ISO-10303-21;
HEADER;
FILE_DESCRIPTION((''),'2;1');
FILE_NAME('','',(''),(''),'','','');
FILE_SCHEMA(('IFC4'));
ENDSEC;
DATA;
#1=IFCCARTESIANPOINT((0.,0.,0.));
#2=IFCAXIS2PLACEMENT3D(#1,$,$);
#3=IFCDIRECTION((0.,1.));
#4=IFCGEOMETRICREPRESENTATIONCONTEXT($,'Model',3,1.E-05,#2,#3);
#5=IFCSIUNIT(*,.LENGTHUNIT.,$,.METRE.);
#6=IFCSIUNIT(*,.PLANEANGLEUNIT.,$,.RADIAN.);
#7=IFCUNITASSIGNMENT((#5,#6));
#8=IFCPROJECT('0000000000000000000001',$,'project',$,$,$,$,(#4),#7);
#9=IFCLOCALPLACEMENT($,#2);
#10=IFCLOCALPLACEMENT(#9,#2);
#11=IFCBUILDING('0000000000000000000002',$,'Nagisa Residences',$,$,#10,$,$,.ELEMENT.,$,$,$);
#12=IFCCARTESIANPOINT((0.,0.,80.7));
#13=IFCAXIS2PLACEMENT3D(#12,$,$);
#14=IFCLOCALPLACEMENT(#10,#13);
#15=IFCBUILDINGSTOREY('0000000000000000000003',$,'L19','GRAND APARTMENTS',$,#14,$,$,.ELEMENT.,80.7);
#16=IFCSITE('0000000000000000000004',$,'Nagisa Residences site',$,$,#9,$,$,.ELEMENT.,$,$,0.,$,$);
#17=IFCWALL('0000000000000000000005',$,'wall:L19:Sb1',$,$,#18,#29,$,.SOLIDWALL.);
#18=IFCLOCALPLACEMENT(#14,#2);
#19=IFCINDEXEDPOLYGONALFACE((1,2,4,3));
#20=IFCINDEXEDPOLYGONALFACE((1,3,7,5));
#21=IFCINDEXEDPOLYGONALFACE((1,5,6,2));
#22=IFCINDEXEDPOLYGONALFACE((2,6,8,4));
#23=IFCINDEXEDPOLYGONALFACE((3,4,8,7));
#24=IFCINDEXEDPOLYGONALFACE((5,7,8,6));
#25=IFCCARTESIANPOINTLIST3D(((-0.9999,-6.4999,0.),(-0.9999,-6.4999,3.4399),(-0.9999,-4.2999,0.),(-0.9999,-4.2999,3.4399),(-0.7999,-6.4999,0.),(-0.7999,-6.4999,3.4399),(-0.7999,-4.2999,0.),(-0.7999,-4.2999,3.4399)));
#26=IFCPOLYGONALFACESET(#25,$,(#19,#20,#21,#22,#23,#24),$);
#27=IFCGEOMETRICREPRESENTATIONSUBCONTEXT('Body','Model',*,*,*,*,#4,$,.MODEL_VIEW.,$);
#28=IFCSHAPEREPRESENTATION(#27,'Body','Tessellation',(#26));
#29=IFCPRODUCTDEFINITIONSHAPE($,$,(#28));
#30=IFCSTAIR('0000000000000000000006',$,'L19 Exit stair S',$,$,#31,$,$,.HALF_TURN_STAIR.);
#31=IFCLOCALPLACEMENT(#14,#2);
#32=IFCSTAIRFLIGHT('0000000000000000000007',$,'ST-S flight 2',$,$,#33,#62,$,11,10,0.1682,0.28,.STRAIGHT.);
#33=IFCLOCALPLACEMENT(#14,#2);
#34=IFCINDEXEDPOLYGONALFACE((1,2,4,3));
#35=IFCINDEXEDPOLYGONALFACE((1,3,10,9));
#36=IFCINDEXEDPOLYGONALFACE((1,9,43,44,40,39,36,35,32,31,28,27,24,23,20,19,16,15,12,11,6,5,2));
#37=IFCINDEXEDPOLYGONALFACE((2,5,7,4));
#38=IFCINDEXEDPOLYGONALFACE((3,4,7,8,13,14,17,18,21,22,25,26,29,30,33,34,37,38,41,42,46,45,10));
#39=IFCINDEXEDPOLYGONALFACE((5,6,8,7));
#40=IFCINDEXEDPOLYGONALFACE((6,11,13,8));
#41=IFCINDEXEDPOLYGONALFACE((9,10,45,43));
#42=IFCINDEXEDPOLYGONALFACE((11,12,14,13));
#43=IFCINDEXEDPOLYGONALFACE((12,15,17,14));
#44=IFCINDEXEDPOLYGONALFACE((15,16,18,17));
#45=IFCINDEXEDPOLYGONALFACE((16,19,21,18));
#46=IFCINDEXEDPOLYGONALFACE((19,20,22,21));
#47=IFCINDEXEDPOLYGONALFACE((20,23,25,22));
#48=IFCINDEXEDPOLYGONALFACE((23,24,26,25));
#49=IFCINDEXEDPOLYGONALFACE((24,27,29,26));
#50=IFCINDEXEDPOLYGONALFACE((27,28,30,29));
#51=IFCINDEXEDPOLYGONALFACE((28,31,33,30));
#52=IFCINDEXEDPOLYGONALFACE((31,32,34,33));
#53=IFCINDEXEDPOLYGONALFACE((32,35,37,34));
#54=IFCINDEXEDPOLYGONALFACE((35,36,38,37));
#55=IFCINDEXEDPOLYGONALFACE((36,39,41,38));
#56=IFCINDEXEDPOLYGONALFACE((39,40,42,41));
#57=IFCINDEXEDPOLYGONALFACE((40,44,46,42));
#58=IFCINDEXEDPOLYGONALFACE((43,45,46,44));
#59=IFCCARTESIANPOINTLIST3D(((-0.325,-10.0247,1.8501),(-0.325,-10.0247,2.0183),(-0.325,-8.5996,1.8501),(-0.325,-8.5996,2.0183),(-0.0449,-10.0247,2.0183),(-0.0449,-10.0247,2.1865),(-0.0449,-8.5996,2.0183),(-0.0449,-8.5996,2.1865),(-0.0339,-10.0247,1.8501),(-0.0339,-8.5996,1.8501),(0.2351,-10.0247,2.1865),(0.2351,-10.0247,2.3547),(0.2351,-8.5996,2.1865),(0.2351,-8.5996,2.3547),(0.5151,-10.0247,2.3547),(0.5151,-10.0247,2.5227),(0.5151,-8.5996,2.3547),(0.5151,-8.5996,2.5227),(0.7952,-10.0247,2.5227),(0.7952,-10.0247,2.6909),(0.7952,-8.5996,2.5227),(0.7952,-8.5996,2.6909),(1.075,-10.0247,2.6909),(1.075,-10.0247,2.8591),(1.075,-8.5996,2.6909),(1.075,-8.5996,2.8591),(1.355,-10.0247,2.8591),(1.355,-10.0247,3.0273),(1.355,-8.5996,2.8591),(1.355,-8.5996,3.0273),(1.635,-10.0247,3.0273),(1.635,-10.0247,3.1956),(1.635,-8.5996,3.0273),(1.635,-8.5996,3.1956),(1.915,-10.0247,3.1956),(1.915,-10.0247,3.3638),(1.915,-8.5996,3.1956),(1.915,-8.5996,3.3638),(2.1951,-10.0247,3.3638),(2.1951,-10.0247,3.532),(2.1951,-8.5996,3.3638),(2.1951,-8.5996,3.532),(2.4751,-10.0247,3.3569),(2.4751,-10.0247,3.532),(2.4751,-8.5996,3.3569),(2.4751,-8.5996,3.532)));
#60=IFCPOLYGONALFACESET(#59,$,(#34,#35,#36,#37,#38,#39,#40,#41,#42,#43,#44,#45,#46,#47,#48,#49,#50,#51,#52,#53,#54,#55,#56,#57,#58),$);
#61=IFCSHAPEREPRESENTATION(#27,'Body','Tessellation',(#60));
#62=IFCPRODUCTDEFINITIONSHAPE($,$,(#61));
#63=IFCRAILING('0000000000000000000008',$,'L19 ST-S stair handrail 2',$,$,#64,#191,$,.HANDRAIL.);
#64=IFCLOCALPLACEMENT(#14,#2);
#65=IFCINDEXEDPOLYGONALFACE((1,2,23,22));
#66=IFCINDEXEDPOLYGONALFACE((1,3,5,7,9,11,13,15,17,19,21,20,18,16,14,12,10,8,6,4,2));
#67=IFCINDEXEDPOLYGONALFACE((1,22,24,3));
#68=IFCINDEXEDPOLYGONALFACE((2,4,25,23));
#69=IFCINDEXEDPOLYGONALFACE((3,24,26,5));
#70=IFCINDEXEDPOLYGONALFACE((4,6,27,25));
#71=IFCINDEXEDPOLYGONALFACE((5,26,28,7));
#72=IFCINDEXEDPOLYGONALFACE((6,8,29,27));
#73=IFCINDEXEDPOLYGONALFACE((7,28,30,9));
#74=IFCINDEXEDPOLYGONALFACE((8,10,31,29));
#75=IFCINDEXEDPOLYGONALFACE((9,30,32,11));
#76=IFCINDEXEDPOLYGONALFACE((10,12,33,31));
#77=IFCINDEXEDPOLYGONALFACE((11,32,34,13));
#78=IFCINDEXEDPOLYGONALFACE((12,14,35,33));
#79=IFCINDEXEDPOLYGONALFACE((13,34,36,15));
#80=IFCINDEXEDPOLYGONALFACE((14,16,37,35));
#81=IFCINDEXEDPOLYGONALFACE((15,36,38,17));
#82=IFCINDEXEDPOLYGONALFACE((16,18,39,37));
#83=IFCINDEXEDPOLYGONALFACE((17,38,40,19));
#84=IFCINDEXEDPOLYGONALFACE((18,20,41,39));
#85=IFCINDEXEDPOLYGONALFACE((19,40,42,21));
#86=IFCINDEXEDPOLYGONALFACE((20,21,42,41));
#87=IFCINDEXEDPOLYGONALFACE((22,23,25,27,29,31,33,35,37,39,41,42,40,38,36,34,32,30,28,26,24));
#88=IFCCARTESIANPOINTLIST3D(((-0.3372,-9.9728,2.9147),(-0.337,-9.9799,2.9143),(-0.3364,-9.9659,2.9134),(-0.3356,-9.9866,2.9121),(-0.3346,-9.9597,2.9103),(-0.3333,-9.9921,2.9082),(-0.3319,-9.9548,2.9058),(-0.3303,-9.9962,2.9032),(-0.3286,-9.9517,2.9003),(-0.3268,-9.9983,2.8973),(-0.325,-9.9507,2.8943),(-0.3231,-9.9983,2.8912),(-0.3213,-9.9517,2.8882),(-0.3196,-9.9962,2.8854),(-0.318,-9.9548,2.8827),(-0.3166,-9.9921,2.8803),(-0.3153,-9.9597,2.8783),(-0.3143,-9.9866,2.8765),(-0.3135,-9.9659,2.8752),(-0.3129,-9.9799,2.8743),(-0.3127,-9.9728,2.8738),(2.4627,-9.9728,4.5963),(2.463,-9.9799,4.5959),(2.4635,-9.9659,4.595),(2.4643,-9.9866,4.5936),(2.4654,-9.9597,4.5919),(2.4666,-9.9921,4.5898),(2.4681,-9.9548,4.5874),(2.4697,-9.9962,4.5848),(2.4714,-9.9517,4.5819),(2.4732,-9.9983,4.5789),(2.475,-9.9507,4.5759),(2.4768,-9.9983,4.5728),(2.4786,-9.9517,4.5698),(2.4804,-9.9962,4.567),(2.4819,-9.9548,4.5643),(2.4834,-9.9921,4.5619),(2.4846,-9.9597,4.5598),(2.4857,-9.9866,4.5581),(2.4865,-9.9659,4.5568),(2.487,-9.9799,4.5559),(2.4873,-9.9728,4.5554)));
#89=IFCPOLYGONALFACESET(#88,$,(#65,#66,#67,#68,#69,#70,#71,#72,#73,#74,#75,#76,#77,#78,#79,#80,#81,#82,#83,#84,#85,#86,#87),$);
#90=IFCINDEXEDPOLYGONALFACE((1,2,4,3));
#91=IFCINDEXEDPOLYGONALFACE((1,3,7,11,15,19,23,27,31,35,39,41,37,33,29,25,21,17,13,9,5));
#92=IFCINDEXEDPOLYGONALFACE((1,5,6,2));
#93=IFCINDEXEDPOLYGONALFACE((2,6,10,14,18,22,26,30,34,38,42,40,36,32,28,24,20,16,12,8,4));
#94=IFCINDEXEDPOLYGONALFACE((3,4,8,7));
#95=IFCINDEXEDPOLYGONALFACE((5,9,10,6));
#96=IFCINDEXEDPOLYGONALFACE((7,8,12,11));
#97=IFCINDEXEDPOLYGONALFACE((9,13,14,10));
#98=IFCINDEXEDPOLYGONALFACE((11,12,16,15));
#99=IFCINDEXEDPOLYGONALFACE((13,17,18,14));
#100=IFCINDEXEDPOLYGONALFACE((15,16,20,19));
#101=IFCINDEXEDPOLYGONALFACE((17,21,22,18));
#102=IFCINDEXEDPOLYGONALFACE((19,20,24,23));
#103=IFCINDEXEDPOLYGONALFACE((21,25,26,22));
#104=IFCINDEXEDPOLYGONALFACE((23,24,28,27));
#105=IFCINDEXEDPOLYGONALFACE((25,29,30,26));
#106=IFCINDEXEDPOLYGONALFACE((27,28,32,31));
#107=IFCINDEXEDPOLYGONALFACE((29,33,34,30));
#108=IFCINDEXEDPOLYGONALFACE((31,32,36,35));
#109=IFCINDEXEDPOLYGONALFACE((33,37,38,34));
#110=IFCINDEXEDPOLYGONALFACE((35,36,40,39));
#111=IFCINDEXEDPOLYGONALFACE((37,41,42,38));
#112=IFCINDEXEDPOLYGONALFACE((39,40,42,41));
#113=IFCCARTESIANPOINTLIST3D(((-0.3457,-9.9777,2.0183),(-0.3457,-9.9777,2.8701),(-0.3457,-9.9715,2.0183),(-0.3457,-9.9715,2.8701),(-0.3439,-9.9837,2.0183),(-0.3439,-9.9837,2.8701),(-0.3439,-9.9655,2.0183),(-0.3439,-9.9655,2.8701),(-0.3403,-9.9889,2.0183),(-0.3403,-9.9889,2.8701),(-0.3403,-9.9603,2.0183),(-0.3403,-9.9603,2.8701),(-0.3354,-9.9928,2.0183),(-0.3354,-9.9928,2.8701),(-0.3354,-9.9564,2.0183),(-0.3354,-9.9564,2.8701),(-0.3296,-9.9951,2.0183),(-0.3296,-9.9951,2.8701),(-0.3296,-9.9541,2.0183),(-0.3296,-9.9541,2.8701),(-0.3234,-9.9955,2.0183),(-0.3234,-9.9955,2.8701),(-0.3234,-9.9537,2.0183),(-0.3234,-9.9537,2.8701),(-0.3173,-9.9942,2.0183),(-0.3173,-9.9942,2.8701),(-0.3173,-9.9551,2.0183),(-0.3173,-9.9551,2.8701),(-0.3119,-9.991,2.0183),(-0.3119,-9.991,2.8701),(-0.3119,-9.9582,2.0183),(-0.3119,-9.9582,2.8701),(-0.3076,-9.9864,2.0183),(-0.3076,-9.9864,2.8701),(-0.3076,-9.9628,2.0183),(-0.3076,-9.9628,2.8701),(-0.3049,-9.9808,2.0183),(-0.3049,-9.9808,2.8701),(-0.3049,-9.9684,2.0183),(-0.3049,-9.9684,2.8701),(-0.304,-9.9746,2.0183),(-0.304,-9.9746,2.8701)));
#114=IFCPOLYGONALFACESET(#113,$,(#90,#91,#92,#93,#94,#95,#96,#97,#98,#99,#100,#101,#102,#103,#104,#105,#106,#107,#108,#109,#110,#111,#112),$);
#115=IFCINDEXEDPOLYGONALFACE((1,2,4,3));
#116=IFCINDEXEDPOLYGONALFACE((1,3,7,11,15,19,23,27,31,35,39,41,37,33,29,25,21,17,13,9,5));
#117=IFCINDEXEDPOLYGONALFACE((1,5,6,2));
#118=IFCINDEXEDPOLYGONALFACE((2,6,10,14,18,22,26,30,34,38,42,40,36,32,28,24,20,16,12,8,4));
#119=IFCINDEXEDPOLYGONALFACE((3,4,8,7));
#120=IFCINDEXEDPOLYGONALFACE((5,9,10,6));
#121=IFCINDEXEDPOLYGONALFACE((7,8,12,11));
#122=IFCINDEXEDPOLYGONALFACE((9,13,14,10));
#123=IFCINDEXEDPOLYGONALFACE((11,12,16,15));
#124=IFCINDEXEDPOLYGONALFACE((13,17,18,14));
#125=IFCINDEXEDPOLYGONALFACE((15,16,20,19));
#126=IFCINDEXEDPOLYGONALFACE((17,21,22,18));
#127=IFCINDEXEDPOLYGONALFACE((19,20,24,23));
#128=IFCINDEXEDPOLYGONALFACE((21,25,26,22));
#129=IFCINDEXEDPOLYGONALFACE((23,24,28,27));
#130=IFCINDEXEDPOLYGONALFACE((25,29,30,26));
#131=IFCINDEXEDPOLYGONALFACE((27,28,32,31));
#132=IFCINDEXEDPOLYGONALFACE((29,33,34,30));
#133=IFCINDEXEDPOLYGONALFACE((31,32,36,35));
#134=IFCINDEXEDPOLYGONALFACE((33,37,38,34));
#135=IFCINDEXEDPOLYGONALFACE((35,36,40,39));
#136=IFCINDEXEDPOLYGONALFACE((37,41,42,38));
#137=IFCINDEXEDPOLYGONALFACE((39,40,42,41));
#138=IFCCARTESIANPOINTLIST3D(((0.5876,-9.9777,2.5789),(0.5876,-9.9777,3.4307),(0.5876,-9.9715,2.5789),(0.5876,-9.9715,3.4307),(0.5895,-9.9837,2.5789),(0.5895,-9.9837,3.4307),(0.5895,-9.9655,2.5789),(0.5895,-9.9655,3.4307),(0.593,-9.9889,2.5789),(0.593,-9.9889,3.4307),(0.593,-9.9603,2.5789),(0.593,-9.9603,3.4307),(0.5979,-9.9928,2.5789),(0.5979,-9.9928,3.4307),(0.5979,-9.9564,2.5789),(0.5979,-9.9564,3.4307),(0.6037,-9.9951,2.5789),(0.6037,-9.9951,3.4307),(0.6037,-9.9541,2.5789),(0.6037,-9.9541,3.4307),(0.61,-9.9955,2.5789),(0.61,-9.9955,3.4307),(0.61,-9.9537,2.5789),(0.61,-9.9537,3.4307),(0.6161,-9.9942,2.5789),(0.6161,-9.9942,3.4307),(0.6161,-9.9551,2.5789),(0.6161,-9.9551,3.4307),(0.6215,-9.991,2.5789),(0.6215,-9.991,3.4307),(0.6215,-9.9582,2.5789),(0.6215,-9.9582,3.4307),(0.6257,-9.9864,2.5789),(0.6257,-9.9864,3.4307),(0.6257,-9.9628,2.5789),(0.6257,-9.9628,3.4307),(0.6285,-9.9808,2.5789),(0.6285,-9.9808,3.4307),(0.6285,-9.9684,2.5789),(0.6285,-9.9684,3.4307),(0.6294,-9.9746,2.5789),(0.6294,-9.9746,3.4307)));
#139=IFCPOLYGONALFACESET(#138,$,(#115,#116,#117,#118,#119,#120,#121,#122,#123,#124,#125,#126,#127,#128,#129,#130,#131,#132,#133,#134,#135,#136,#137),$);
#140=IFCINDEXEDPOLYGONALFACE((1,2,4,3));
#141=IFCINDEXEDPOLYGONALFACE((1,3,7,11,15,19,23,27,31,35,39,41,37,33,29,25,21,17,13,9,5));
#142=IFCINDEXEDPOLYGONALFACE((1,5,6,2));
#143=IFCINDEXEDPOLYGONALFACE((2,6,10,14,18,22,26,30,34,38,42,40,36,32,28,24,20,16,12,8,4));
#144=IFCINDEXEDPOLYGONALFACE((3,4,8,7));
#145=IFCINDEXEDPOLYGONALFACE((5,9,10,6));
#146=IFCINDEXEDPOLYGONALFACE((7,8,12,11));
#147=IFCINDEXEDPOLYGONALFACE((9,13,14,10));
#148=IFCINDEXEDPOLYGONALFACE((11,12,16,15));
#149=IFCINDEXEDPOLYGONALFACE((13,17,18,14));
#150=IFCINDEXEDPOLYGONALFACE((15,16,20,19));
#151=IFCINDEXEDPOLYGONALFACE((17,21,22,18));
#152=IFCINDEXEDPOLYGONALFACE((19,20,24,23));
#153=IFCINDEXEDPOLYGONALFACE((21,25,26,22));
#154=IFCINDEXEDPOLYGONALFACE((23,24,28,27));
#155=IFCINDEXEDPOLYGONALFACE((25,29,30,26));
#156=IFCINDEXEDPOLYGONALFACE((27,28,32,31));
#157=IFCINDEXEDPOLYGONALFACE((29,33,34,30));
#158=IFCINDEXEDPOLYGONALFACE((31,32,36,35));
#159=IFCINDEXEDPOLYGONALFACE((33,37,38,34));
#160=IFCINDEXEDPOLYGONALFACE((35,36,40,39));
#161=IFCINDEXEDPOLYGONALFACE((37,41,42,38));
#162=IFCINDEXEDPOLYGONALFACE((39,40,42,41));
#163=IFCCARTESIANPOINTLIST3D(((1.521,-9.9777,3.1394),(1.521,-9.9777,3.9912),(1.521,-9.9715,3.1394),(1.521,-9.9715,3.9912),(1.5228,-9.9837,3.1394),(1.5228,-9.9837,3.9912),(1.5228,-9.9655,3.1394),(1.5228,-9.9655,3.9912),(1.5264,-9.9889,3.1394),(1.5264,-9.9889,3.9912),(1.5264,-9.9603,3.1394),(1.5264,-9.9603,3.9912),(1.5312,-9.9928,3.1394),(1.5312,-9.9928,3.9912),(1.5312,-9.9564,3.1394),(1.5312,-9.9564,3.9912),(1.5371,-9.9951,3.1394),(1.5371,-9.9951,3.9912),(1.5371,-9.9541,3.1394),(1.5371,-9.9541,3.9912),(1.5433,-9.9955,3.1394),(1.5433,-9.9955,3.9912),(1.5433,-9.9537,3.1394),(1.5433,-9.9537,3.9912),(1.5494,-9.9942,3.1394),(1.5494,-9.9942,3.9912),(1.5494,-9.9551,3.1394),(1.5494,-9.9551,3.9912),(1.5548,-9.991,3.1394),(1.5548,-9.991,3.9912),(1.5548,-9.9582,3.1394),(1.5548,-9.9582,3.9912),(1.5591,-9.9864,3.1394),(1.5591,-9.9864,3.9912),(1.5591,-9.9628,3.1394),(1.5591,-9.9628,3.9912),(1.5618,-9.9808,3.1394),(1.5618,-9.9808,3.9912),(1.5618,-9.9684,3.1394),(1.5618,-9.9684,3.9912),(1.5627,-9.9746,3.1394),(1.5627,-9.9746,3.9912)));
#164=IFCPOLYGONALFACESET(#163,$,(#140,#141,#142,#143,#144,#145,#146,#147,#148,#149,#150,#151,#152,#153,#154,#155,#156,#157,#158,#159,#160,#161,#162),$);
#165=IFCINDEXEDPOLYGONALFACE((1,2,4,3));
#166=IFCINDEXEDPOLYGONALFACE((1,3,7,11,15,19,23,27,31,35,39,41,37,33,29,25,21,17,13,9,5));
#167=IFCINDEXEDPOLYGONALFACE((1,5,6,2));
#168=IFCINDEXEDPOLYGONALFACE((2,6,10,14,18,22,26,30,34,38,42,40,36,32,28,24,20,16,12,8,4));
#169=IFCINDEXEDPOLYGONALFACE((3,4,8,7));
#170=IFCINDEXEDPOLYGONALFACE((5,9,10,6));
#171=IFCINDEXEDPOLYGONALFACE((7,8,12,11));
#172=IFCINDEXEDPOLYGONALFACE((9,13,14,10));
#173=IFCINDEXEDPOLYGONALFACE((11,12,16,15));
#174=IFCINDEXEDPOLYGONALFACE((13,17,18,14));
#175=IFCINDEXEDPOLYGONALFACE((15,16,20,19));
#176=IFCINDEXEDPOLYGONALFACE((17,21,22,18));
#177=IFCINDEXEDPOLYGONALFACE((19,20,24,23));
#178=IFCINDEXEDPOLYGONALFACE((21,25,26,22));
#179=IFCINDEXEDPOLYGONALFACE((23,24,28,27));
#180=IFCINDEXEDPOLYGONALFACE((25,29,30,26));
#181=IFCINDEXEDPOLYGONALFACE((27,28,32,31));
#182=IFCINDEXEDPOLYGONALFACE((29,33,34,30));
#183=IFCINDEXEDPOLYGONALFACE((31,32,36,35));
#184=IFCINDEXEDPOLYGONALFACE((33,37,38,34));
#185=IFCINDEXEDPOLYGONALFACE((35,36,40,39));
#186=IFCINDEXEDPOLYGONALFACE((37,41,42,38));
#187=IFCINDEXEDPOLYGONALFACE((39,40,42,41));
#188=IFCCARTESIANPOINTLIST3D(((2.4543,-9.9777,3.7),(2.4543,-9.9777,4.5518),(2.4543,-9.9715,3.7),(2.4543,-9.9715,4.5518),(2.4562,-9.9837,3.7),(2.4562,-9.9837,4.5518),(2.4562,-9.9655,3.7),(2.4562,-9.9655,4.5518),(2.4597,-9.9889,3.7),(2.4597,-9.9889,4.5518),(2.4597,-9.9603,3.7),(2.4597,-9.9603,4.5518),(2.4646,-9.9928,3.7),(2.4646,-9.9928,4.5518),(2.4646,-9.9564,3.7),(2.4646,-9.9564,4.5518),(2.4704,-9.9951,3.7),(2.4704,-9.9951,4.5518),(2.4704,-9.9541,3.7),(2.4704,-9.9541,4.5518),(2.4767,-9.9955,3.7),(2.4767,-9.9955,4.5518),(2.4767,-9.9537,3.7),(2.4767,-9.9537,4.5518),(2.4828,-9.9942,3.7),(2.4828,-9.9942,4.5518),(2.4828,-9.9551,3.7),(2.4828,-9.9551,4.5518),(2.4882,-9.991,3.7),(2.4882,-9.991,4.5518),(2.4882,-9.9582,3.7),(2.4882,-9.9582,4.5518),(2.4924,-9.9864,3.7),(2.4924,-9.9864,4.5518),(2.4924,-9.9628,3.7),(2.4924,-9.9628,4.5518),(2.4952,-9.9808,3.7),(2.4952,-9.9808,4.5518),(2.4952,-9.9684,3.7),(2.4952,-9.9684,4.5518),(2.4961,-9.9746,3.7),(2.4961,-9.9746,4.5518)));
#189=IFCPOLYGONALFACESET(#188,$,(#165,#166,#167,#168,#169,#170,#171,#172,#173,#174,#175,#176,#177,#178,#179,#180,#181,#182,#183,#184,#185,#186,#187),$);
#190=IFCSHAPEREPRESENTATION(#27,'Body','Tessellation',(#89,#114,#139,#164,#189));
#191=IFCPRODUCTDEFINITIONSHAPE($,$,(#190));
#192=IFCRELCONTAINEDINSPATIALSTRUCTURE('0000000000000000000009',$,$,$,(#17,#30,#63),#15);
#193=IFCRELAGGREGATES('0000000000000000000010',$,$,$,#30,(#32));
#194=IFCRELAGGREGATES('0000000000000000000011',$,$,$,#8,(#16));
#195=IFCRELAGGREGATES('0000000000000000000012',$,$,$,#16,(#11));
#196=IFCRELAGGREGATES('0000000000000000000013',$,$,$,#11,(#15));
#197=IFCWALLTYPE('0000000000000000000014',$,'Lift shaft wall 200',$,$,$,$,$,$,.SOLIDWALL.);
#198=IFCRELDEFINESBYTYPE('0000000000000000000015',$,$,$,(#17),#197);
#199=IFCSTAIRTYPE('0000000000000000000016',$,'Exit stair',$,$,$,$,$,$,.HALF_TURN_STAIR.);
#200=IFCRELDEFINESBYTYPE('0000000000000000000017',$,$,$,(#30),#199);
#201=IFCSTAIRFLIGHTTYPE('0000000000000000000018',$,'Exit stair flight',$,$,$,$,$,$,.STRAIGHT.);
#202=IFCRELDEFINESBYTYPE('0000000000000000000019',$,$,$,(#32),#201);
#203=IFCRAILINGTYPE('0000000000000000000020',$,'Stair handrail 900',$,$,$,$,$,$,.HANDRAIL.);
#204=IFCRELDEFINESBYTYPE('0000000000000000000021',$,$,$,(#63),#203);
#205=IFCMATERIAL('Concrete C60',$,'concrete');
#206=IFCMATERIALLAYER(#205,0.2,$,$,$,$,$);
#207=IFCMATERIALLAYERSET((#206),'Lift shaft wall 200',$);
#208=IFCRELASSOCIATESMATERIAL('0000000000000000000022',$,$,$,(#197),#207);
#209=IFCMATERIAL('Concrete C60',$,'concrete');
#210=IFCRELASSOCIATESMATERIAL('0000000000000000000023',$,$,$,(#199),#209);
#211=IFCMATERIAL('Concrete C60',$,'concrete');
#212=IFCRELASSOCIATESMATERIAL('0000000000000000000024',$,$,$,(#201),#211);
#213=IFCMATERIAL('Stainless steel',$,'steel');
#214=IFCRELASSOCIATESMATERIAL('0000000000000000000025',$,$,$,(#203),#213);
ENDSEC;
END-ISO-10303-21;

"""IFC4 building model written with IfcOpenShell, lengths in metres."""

from ifc_helpers import new_model, si_unit, direction, frame, frame_2d, origin, origin_2d, place, context, subcontext, project, spatial, polyline, rectangle, circle, outline, extrude, material, layer, layer_set, type_object, element, aggregate, save


model = new_model("IFC4")

# Units and contexts
model_context = context("Model", 3, precision=1e-05, world=origin(), true_north=direction((0.0, 1.0)))
body_context = subcontext(model_context, "Body", "Model", "MODEL_VIEW")
ifc_project = project(units=[si_unit("LENGTHUNIT", "METRE"), si_unit("PLANEANGLEUNIT", "RADIAN")], contexts=[model_context])

# Site, building, storey
site_placement = place(None, origin())
site = spatial("IfcSite", under=ifc_project, at=site_placement, Name="Nagisa Residences site", CompositionType="ELEMENT", RefElevation=0.0)
building_placement = place(site_placement, origin())
building = spatial("IfcBuilding", under=site, at=building_placement, Name="Nagisa Residences", CompositionType="ELEMENT")
storey_placement = place(building_placement, frame((0.0, 0.0, 80.7)))
storey = spatial("IfcBuildingStorey", under=building, at=storey_placement, Name="L19", Description="GRAND APARTMENTS", CompositionType="ELEMENT", Elevation=80.7)

# Shared definitions
ifc_material_1 = material(Name="Concrete C60", Category="concrete")
ifc_layer_1 = layer(ifc_material_1, 0.2)
ifc_layer_set_1 = layer_set([ifc_layer_1], Name="Lift shaft wall 200")
wall_type_1 = type_object("IfcWallType", Name="Lift shaft wall 200", PredefinedType="SOLIDWALL", material=ifc_layer_set_1)

# Wall
wall_1_placement = place(storey_placement, frame((-0.8999, -6.5, 0.0), z_axis=(0.0, 0.0, 1.0), x_axis=(0.0, 1.0, 0.0)))
element("IfcWall", 1, at=wall_1_placement, inside=storey, type_object=wall_type_1, Name="wall:L19:Sb1", PredefinedType="SOLIDWALL", context=body_context, shape_type="SweptSolid", body=[
    extrude(rectangle(XDim=2.2, YDim=0.2, at=frame_2d((1.1001, 0.0))), origin(), (0.0, 0.0, 1.0), 3.4399),
])

# Stair, stair flight
ifc_material_2 = material(Name="Concrete C60", Category="concrete")
stair_type = type_object("IfcStairType", Name="Exit stair", PredefinedType="HALF_TURN_STAIR", material=ifc_material_2)
stair_placement = place(storey_placement, origin())
stair = element("IfcStair", 2, at=stair_placement, inside=storey, type_object=stair_type, Name="L19 Exit stair S", PredefinedType="HALF_TURN_STAIR")
ifc_material_3 = material(Name="Concrete C60", Category="concrete")
stair_flight_type = type_object("IfcStairFlightType", Name="Exit stair flight", PredefinedType="STRAIGHT", material=ifc_material_3)
stair_flight_placement = place(storey_placement, frame((-0.325, -9.312, 1.8501), z_axis=(0.0, 0.0, 1.0), x_axis=(1.0, 0.0, 0.0)))
stair_flight = element("IfcStairFlight", 3, at=stair_flight_placement, type_object=stair_flight_type, Name="ST-S flight 2", NumberOfRisers=11, NumberOfTreads=10, PredefinedType="STRAIGHT", RiserHeight=0.1682, TreadLength=0.28, context=body_context, shape_type="SweptSolid", body=[
    extrude(outline(polyline([(0.0, 0.0), (0.0, 0.1682), (0.28, 0.1682), (0.28, 0.3364), (0.5601, 0.3364), (0.5601, 0.5046), (0.8401, 0.5046), (0.8401, 0.6726), (1.1201, 0.6726), (1.1201, 0.8408), (1.3999, 0.8408), (1.3999, 1.009), (1.6799, 1.009), (1.6799, 1.1772), (1.96, 1.1772), (1.96, 1.3455), (2.24, 1.3455), (2.24, 1.5137), (2.52, 1.5137), (2.52, 1.6819), (2.8, 1.6819), (2.8, 1.8501), (2.8, 1.5068), (0.291, 0.0), (0.0, 0.0)])), frame((0.0, 0.7124, 0.0), z_axis=(0.0, -1.0, 0.0), x_axis=(1.0, 0.0, 0.0)), (0.0, 0.0, 1.0), 1.425),
])
aggregate(stair, [stair_flight])

# Railing
ifc_material_4 = material(Name="Stainless steel", Category="steel")
railing_type = type_object("IfcRailingType", Name="Stair handrail 900", PredefinedType="HANDRAIL", material=ifc_material_4)
railing_placement = place(storey_placement, frame((-0.325, -9.9746, 2.0183)))
element("IfcRailing", 4, at=railing_placement, inside=storey, type_object=railing_type, Name="L19 ST-S stair handrail 2", PredefinedType="HANDRAIL", context=body_context, shape_type="SweptSolid", body=[
    extrude(circle(Radius=0.0239, at=origin_2d()), frame((0.0, 0.0, 0.876), z_axis=(0.857275, 0.0, 0.514858), x_axis=(0.0, 1.0, 0.0)), (0.0, 0.0, 1.0), 3.2661),
    extrude(circle(Radius=0.021, at=origin_2d()), origin(), (0.0, 0.0, 1.0), 0.8518),
    extrude(circle(Radius=0.021, at=origin_2d()), frame((0.9333, 0.0, 0.5605)), (0.0, 0.0, 1.0), 0.8518),
    extrude(circle(Radius=0.021, at=origin_2d()), frame((1.8667, 0.0, 1.1211)), (0.0, 0.0, 1.0), 0.8518),
    extrude(circle(Radius=0.021, at=origin_2d()), frame((2.8, 0.0, 1.6816)), (0.0, 0.0, 1.0), 0.8518),
])

save(model, "model.ifc")
